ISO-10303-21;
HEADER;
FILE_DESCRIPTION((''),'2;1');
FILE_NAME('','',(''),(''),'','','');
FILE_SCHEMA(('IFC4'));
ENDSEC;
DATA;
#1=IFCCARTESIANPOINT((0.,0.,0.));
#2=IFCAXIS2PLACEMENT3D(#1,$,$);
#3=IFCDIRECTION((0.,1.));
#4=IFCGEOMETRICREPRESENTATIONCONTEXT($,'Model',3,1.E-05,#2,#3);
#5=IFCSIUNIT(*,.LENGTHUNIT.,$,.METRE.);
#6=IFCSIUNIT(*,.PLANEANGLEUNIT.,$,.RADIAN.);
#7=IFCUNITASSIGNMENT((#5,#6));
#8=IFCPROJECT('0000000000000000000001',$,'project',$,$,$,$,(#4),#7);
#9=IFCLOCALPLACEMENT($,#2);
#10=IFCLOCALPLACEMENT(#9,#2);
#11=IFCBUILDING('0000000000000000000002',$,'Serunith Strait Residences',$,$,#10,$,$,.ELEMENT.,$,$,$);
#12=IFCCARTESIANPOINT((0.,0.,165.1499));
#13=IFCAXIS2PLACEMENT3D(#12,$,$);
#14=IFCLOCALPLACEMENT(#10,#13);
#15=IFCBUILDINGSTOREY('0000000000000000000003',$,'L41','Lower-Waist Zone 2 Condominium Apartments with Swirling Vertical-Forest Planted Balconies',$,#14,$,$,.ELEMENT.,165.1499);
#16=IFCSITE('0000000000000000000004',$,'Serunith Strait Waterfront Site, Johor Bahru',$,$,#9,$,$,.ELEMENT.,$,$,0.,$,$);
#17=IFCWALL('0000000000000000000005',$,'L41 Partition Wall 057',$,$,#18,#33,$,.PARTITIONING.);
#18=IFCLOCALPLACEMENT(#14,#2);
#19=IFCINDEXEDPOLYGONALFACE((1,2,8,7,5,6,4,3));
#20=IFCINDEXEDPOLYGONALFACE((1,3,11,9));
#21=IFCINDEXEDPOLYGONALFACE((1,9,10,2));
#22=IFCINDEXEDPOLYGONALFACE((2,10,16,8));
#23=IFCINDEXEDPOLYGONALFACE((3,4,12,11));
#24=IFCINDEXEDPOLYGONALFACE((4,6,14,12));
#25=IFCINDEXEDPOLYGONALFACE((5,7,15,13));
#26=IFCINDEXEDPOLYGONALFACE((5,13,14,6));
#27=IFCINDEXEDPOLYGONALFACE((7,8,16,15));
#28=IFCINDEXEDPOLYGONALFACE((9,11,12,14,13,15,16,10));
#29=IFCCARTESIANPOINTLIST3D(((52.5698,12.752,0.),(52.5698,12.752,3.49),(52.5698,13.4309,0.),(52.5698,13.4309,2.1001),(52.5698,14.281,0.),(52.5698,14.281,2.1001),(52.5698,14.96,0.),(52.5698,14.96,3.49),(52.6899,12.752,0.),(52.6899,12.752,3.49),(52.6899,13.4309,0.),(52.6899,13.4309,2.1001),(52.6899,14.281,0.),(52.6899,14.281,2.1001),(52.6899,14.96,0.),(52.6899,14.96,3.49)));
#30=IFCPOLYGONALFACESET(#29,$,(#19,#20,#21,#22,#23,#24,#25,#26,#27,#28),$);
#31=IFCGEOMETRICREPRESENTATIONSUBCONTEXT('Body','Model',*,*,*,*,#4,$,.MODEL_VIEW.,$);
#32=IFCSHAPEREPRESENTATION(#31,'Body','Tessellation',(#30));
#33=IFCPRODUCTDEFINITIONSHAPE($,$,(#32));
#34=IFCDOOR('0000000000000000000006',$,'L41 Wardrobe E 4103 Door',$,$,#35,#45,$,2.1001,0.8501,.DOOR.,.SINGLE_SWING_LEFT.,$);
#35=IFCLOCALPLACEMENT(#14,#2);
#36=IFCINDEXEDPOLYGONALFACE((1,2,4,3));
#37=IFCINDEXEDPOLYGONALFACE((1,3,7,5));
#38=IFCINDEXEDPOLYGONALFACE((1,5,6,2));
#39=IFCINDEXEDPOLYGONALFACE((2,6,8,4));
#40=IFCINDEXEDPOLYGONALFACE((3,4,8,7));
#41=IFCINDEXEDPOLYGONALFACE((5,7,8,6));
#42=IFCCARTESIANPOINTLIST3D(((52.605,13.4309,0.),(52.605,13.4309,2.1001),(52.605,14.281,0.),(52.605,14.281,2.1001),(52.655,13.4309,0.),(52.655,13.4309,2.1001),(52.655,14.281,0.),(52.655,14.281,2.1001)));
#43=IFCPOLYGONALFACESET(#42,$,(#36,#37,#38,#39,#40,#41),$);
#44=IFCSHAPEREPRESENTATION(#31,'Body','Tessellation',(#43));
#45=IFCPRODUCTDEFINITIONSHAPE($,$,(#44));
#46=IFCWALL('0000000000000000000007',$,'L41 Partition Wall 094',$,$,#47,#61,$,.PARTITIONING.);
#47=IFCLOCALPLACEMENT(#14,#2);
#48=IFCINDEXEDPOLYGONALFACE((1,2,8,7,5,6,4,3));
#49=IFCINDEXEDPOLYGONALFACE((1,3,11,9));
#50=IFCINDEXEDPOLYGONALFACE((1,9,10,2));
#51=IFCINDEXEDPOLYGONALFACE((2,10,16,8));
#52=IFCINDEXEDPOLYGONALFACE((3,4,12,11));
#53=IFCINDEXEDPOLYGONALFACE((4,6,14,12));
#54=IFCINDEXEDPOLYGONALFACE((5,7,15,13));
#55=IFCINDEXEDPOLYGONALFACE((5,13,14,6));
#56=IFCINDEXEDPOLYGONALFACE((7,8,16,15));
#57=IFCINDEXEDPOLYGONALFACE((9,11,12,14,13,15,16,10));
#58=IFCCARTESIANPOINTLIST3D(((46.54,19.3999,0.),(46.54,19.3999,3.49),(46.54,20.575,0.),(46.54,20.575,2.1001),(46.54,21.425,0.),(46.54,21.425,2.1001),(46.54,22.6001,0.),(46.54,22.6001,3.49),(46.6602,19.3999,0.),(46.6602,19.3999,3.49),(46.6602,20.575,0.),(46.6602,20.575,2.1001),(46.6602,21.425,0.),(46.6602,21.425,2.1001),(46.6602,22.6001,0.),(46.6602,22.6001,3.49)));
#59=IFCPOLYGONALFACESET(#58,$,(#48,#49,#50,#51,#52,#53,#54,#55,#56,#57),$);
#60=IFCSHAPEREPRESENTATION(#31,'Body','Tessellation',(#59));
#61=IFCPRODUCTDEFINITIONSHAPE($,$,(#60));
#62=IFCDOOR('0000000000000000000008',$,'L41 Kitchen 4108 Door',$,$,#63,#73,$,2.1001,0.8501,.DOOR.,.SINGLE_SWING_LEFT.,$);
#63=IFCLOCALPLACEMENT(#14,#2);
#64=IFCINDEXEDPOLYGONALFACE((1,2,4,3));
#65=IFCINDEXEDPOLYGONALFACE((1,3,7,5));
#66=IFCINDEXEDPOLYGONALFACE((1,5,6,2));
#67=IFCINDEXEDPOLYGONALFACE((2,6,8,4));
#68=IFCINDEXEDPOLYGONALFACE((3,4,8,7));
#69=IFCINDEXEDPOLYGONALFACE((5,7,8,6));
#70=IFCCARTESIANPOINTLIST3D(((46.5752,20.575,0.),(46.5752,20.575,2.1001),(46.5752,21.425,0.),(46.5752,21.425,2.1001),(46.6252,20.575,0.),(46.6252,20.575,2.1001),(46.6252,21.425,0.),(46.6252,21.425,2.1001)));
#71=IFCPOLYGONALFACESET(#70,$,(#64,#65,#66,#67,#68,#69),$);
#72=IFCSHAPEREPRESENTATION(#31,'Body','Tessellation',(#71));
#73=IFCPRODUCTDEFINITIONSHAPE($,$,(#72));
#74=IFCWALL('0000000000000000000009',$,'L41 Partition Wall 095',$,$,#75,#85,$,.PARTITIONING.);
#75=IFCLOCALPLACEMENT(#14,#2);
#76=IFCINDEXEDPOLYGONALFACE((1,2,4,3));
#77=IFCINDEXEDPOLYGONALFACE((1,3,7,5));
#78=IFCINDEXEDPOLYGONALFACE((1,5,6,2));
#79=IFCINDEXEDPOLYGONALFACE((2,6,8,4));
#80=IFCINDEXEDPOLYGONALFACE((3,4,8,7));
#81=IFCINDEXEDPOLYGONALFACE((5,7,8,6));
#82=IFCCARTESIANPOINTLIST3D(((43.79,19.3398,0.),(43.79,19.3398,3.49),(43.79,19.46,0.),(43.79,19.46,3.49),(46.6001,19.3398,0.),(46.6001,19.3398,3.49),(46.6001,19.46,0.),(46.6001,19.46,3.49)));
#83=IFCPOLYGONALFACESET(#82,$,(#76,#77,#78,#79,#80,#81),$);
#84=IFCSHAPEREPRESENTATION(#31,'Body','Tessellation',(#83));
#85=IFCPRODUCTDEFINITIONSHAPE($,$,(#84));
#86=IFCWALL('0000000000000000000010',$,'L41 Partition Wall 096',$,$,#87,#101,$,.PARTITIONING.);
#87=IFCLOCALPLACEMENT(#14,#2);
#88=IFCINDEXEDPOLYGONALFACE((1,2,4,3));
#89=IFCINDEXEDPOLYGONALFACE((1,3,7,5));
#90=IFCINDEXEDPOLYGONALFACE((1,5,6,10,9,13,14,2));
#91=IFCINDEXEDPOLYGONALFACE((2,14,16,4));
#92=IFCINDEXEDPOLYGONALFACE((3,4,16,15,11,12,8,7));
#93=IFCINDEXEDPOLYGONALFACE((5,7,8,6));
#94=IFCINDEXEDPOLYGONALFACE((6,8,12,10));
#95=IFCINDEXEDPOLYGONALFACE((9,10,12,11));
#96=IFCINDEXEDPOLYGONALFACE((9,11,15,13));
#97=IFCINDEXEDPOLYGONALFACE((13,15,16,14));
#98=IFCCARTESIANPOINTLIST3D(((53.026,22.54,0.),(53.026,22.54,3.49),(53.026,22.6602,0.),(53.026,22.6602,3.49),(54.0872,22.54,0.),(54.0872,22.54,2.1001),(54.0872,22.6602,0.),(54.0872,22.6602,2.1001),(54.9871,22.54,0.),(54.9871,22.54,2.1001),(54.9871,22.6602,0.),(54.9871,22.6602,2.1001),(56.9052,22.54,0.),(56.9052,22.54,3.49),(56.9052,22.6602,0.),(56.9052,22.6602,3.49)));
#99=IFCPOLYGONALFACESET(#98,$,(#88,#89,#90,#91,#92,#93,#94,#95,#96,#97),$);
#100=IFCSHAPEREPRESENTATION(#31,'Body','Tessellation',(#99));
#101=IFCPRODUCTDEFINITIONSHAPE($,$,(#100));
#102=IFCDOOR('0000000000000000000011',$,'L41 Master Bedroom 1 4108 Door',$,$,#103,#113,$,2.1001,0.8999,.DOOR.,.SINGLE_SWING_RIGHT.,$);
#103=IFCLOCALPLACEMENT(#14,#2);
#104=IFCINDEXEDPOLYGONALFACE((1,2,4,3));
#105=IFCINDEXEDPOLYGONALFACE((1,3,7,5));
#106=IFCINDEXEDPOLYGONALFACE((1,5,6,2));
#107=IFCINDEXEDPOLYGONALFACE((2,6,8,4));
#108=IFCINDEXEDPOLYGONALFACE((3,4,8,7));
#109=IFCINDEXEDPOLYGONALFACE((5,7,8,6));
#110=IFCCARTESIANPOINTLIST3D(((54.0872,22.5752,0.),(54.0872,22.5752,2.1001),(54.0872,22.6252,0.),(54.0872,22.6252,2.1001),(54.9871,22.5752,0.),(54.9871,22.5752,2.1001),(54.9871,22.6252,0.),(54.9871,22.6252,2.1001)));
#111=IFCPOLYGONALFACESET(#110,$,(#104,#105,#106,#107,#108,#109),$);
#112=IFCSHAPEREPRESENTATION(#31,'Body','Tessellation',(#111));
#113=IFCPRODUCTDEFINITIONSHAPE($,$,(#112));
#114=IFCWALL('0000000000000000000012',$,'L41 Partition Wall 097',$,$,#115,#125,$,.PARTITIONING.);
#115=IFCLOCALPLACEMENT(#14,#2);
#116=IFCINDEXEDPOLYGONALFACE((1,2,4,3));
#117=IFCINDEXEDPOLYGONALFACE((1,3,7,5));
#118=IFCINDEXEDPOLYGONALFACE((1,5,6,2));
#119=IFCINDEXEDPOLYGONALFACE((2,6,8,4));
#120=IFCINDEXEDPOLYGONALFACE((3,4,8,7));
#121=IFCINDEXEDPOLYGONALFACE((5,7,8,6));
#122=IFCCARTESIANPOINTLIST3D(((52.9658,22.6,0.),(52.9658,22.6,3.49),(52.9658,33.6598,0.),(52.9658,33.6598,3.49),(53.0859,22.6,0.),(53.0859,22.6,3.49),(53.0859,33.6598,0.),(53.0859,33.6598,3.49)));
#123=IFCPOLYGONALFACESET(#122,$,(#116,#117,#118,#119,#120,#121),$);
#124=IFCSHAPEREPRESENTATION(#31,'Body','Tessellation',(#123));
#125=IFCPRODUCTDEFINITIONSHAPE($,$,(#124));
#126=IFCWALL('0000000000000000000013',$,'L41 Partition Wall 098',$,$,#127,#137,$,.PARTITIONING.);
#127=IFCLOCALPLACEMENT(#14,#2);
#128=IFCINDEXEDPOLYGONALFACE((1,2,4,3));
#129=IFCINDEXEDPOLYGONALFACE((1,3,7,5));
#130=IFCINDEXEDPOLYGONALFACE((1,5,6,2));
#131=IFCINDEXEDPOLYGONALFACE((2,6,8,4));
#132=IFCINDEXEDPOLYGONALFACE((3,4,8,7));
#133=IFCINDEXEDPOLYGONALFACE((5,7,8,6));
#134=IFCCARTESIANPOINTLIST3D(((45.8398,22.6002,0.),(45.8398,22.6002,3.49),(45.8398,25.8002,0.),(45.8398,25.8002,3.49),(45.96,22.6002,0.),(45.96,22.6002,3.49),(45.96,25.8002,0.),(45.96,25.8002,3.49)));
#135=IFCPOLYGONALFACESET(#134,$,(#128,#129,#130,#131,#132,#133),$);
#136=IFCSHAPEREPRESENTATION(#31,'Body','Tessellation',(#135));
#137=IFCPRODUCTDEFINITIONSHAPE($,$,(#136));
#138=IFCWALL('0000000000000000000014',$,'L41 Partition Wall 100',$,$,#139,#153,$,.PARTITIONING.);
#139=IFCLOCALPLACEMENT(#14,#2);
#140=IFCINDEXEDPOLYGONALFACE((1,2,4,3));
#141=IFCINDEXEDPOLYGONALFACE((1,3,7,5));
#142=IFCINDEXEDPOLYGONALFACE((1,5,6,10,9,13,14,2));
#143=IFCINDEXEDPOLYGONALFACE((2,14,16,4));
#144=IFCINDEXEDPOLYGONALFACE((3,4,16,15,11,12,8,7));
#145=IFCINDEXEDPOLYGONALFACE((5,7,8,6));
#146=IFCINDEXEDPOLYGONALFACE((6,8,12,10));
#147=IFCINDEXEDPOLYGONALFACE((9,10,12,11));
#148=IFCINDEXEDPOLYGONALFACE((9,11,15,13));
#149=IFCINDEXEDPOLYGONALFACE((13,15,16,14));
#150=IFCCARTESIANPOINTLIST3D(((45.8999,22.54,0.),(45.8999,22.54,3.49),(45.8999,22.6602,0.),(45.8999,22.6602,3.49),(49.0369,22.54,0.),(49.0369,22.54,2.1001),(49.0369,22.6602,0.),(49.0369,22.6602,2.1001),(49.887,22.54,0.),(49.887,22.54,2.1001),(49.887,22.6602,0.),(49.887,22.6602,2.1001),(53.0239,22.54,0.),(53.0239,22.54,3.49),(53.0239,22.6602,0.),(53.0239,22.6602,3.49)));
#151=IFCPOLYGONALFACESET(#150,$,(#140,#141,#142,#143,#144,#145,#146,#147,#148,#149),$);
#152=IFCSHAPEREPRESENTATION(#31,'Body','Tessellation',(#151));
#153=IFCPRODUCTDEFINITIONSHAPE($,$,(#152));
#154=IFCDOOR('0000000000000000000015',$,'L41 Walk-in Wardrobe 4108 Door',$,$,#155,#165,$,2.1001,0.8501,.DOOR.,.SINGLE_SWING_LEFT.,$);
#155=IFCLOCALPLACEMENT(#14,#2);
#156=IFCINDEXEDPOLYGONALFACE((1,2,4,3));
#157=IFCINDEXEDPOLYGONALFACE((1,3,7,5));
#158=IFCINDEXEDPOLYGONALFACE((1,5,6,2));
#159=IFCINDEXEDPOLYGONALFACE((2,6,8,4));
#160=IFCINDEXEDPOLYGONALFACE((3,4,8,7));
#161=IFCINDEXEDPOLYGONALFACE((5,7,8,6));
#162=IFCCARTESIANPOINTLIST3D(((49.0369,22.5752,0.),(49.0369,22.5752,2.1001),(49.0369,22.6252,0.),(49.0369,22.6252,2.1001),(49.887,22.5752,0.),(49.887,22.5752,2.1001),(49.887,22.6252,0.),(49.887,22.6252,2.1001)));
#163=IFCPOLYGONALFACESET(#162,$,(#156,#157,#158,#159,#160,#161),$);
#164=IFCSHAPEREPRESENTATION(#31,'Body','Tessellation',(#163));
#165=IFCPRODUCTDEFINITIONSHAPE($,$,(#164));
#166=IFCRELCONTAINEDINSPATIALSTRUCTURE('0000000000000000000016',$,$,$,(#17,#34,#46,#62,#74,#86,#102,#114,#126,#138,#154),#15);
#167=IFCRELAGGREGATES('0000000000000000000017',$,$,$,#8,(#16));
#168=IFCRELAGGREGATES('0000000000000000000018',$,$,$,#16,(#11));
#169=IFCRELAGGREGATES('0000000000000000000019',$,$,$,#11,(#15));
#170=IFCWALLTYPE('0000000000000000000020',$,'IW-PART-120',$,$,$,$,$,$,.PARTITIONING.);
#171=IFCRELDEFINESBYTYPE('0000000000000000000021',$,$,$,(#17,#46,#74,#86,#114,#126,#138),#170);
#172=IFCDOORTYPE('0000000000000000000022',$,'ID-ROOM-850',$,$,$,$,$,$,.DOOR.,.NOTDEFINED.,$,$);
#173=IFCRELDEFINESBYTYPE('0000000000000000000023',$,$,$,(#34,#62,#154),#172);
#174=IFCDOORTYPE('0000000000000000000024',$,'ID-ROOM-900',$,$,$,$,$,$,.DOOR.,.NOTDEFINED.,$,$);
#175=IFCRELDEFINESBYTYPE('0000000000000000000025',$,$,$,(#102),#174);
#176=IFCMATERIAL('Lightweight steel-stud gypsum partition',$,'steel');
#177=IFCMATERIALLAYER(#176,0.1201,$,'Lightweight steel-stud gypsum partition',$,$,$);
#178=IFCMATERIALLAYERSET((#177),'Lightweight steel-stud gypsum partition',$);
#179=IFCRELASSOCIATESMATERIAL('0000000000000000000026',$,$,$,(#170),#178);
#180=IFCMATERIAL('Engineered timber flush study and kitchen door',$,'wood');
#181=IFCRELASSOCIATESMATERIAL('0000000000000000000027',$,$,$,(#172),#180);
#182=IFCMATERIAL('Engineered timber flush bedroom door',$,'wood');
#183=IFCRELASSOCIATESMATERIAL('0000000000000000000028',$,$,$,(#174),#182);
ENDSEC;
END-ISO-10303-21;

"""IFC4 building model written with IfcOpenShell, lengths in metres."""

from ifc_helpers import new_model, si_unit, direction, frame, frame_2d, origin, place, context, subcontext, project, spatial, rectangle, extrude, source, transform, mapped, material, layer, layer_set, type_object, element, fill, save


model = new_model("IFC4")

# Units and contexts
model_context = context("Model", 3, precision=1e-05, world=origin(), true_north=direction((0.0, 1.0)))
body_context = subcontext(model_context, "Body", "Model", "MODEL_VIEW")
ifc_project = project(units=[si_unit("LENGTHUNIT", "METRE"), si_unit("PLANEANGLEUNIT", "RADIAN")], contexts=[model_context])

# Site, building, storey
site_placement = place(None, origin())
site = spatial("IfcSite", under=ifc_project, at=site_placement, Name="Serunith Strait Waterfront Site, Johor Bahru", CompositionType="ELEMENT", RefElevation=0.0)
building_placement = place(site_placement, origin())
building = spatial("IfcBuilding", under=site, at=building_placement, Name="Serunith Strait Residences", CompositionType="ELEMENT")
storey_placement = place(building_placement, frame((0.0, 0.0, 165.1499)))
storey = spatial("IfcBuildingStorey", under=building, at=storey_placement, Name="L41", Description="Lower-Waist Zone 2 Condominium Apartments with Swirling Vertical-Forest Planted Balconies", CompositionType="ELEMENT", Elevation=165.1499)

# Shared definitions
ifc_material_1 = material(Name="Lightweight steel-stud gypsum partition", Category="steel")
ifc_layer_1 = layer(ifc_material_1, 0.1201, Name="Lightweight steel-stud gypsum partition")
ifc_layer_set_1 = layer_set([ifc_layer_1], Name="Lightweight steel-stud gypsum partition")
wall_type = type_object("IfcWallType", Name="IW-PART-120", PredefinedType="PARTITIONING", material=ifc_layer_set_1)
ifc_material_2 = material(Name="Engineered timber flush study and kitchen door", Category="wood")
door_type_1 = type_object("IfcDoorType", Name="ID-ROOM-850", OperationType="NOTDEFINED", PredefinedType="DOOR", material=ifc_material_2)
shared_shape_1 = source(origin(), body_context, "Body", "SweptSolid", [
    extrude(rectangle(XDim=0.8501, YDim=2.1001, at=frame_2d((0.425, 1.05))), frame((0.0, 0.0249, 0.0), z_axis=(0.0, -1.0, 0.0), x_axis=(1.0, 0.0, 0.0)), (0.0, 0.0, 1.0), 0.05),
])
ifc_material_3 = material(Name="Engineered timber flush bedroom door", Category="wood")
door_type_2 = type_object("IfcDoorType", Name="ID-ROOM-900", OperationType="NOTDEFINED", PredefinedType="DOOR", material=ifc_material_3)
shared_shape_2 = source(origin(), body_context, "Body", "SweptSolid", [
    extrude(rectangle(XDim=0.8999, YDim=2.1001, at=frame_2d((0.45, 1.05))), frame((0.0, 0.0249, 0.0), z_axis=(0.0, -1.0, 0.0), x_axis=(1.0, 0.0, 0.0)), (0.0, 0.0, 1.0), 0.05),
])

# Walls, openings, doors
wall_1_placement = place(storey_placement, frame((52.6299, 12.752, 0.0), z_axis=(0.0, 0.0, 1.0), x_axis=(0.0, 1.0, 0.0)))
wall_1 = element("IfcWall", 1, at=wall_1_placement, inside=storey, type_object=wall_type, Name="L41 Partition Wall 057", PredefinedType="PARTITIONING", context=body_context, shape_type="SweptSolid", body=[
    extrude(rectangle(XDim=2.208, YDim=0.1201, at=frame_2d((1.104, 0.0))), origin(), (0.0, 0.0, 1.0), 3.49),
])
opening_1_placement = place(wall_1_placement, frame((0.679, 0.0, 0.0)))
opening_1 = element("IfcOpeningElement", 2, at=opening_1_placement, cuts=wall_1, PredefinedType="OPENING", context=body_context, shape_type="SweptSolid", body=[
    extrude(rectangle(XDim=0.8501, YDim=2.1001, at=frame_2d((0.425, 1.05))), frame((0.0, 0.0701, 0.0), z_axis=(0.0, -1.0, 0.0), x_axis=(1.0, 0.0, 0.0)), (0.0, 0.0, 1.0), 0.1401),
])
door_1_placement = place(opening_1_placement, origin())
door_1 = element("IfcDoor", 3, at=door_1_placement, inside=storey, type_object=door_type_1, Name="L41 Wardrobe E 4103 Door", OperationType="SINGLE_SWING_LEFT", OverallHeight=2.1001, OverallWidth=0.8501, PredefinedType="DOOR", context=body_context, shape_type="MappedRepresentation", body=[
    mapped(shared_shape_1, transform((0.0, 0.0, 0.0), scale=1.0)),
])
fill(opening_1, door_1)
wall_2_placement = place(storey_placement, frame((46.6001, 19.3999, 0.0), z_axis=(0.0, 0.0, 1.0), x_axis=(0.0, 1.0, 0.0)))
wall_2 = element("IfcWall", 4, at=wall_2_placement, inside=storey, type_object=wall_type, Name="L41 Partition Wall 094", PredefinedType="PARTITIONING", context=body_context, shape_type="SweptSolid", body=[
    extrude(rectangle(XDim=3.2002, YDim=0.1201, at=frame_2d((1.6001, 0.0))), origin(), (0.0, 0.0, 1.0), 3.49),
])
opening_2_placement = place(wall_2_placement, frame((1.175, 0.0, 0.0)))
opening_2 = element("IfcOpeningElement", 5, at=opening_2_placement, cuts=wall_2, PredefinedType="OPENING", context=body_context, shape_type="SweptSolid", body=[
    extrude(rectangle(XDim=0.8501, YDim=2.1001, at=frame_2d((0.425, 1.05))), frame((0.0, 0.0701, 0.0), z_axis=(0.0, -1.0, 0.0), x_axis=(1.0, 0.0, 0.0)), (0.0, 0.0, 1.0), 0.1401),
])
door_2_placement = place(opening_2_placement, origin())
door_2 = element("IfcDoor", 6, at=door_2_placement, inside=storey, type_object=door_type_1, Name="L41 Kitchen 4108 Door", OperationType="SINGLE_SWING_LEFT", OverallHeight=2.1001, OverallWidth=0.8501, PredefinedType="DOOR", context=body_context, shape_type="MappedRepresentation", body=[
    mapped(shared_shape_1, transform((0.0, 0.0, 0.0), scale=1.0)),
])
fill(opening_2, door_2)

# Wall
wall_3_placement = place(storey_placement, frame((46.6001, 19.3999, 0.0), z_axis=(0.0, 0.0, 1.0), x_axis=(-1.0, 0.0, 0.0)))
element("IfcWall", 7, at=wall_3_placement, inside=storey, type_object=wall_type, Name="L41 Partition Wall 095", PredefinedType="PARTITIONING", context=body_context, shape_type="SweptSolid", body=[
    extrude(rectangle(XDim=2.8101, YDim=0.1201, at=frame_2d((1.405, 0.0))), origin(), (0.0, 0.0, 1.0), 3.49),
])

# Wall, opening, door
wall_4_placement = place(storey_placement, frame((56.905, 22.6001, 0.0), z_axis=(0.0, 0.0, 1.0), x_axis=(-1.0, 0.0, 0.0)))
wall_4 = element("IfcWall", 8, at=wall_4_placement, inside=storey, type_object=wall_type, Name="L41 Partition Wall 096", PredefinedType="PARTITIONING", context=body_context, shape_type="SweptSolid", body=[
    extrude(rectangle(XDim=3.8792, YDim=0.1201, at=frame_2d((1.9395, 0.0))), origin(), (0.0, 0.0, 1.0), 3.49),
])
opening_3_placement = place(wall_4_placement, frame((1.918, 0.0, 0.0)))
opening_3 = element("IfcOpeningElement", 9, at=opening_3_placement, cuts=wall_4, PredefinedType="OPENING", context=body_context, shape_type="SweptSolid", body=[
    extrude(rectangle(XDim=0.8999, YDim=2.1001, at=frame_2d((0.45, 1.05))), frame((0.0, 0.0701, 0.0), z_axis=(0.0, -1.0, 0.0), x_axis=(1.0, 0.0, 0.0)), (0.0, 0.0, 1.0), 0.1401),
])
door_3_placement = place(opening_3_placement, origin())
door_3 = element("IfcDoor", 10, at=door_3_placement, inside=storey, type_object=door_type_2, Name="L41 Master Bedroom 1 4108 Door", OperationType="SINGLE_SWING_RIGHT", OverallHeight=2.1001, OverallWidth=0.8999, PredefinedType="DOOR", context=body_context, shape_type="MappedRepresentation", body=[
    mapped(shared_shape_2, transform((0.0, 0.0, 0.0), scale=1.0)),
])
fill(opening_3, door_3)

# Walls
wall_5_placement = place(storey_placement, frame((53.0259, 22.6001, 0.0), z_axis=(0.0, 0.0, 1.0), x_axis=(0.0, 1.0, 0.0)))
element("IfcWall", 11, at=wall_5_placement, inside=storey, type_object=wall_type, Name="L41 Partition Wall 097", PredefinedType="PARTITIONING", context=body_context, shape_type="SweptSolid", body=[
    extrude(rectangle(XDim=11.0598, YDim=0.1201, at=frame_2d((5.5298, 0.0))), origin(), (0.0, 0.0, 1.0), 3.49),
])
wall_6_placement = place(storey_placement, frame((45.8999, 22.6001, 0.0), z_axis=(0.0, 0.0, 1.0), x_axis=(0.0, 1.0, 0.0)))
element("IfcWall", 12, at=wall_6_placement, inside=storey, type_object=wall_type, Name="L41 Partition Wall 098", PredefinedType="PARTITIONING", context=body_context, shape_type="SweptSolid", body=[
    extrude(rectangle(XDim=3.2, YDim=0.1201, at=frame_2d((1.6001, 0.0))), origin(), (0.0, 0.0, 1.0), 3.49),
])

# Wall, opening, door
wall_7_placement = place(storey_placement, frame((53.0239, 22.6001, 0.0), z_axis=(0.0, 0.0, 1.0), x_axis=(-1.0, 0.0, 0.0)))
wall_7 = element("IfcWall", 13, at=wall_7_placement, inside=storey, type_object=wall_type, Name="L41 Partition Wall 100", PredefinedType="PARTITIONING", context=body_context, shape_type="SweptSolid", body=[
    extrude(rectangle(XDim=7.124, YDim=0.1201, at=frame_2d((3.562, 0.0))), origin(), (0.0, 0.0, 1.0), 3.49),
])
opening_4_placement = place(wall_7_placement, frame((3.137, 0.0, 0.0)))
opening_4 = element("IfcOpeningElement", 14, at=opening_4_placement, cuts=wall_7, PredefinedType="OPENING", context=body_context, shape_type="SweptSolid", body=[
    extrude(rectangle(XDim=0.8501, YDim=2.1001, at=frame_2d((0.425, 1.05))), frame((0.0, 0.0701, 0.0), z_axis=(0.0, -1.0, 0.0), x_axis=(1.0, 0.0, 0.0)), (0.0, 0.0, 1.0), 0.1401),
])
door_4_placement = place(opening_4_placement, origin())
door_4 = element("IfcDoor", 15, at=door_4_placement, inside=storey, type_object=door_type_1, Name="L41 Walk-in Wardrobe 4108 Door", OperationType="SINGLE_SWING_LEFT", OverallHeight=2.1001, OverallWidth=0.8501, PredefinedType="DOOR", context=body_context, shape_type="MappedRepresentation", body=[
    mapped(shared_shape_1, transform((0.0, 0.0, 0.0), scale=1.0)),
])
fill(opening_4, door_4)

save(model, "model.ifc")
